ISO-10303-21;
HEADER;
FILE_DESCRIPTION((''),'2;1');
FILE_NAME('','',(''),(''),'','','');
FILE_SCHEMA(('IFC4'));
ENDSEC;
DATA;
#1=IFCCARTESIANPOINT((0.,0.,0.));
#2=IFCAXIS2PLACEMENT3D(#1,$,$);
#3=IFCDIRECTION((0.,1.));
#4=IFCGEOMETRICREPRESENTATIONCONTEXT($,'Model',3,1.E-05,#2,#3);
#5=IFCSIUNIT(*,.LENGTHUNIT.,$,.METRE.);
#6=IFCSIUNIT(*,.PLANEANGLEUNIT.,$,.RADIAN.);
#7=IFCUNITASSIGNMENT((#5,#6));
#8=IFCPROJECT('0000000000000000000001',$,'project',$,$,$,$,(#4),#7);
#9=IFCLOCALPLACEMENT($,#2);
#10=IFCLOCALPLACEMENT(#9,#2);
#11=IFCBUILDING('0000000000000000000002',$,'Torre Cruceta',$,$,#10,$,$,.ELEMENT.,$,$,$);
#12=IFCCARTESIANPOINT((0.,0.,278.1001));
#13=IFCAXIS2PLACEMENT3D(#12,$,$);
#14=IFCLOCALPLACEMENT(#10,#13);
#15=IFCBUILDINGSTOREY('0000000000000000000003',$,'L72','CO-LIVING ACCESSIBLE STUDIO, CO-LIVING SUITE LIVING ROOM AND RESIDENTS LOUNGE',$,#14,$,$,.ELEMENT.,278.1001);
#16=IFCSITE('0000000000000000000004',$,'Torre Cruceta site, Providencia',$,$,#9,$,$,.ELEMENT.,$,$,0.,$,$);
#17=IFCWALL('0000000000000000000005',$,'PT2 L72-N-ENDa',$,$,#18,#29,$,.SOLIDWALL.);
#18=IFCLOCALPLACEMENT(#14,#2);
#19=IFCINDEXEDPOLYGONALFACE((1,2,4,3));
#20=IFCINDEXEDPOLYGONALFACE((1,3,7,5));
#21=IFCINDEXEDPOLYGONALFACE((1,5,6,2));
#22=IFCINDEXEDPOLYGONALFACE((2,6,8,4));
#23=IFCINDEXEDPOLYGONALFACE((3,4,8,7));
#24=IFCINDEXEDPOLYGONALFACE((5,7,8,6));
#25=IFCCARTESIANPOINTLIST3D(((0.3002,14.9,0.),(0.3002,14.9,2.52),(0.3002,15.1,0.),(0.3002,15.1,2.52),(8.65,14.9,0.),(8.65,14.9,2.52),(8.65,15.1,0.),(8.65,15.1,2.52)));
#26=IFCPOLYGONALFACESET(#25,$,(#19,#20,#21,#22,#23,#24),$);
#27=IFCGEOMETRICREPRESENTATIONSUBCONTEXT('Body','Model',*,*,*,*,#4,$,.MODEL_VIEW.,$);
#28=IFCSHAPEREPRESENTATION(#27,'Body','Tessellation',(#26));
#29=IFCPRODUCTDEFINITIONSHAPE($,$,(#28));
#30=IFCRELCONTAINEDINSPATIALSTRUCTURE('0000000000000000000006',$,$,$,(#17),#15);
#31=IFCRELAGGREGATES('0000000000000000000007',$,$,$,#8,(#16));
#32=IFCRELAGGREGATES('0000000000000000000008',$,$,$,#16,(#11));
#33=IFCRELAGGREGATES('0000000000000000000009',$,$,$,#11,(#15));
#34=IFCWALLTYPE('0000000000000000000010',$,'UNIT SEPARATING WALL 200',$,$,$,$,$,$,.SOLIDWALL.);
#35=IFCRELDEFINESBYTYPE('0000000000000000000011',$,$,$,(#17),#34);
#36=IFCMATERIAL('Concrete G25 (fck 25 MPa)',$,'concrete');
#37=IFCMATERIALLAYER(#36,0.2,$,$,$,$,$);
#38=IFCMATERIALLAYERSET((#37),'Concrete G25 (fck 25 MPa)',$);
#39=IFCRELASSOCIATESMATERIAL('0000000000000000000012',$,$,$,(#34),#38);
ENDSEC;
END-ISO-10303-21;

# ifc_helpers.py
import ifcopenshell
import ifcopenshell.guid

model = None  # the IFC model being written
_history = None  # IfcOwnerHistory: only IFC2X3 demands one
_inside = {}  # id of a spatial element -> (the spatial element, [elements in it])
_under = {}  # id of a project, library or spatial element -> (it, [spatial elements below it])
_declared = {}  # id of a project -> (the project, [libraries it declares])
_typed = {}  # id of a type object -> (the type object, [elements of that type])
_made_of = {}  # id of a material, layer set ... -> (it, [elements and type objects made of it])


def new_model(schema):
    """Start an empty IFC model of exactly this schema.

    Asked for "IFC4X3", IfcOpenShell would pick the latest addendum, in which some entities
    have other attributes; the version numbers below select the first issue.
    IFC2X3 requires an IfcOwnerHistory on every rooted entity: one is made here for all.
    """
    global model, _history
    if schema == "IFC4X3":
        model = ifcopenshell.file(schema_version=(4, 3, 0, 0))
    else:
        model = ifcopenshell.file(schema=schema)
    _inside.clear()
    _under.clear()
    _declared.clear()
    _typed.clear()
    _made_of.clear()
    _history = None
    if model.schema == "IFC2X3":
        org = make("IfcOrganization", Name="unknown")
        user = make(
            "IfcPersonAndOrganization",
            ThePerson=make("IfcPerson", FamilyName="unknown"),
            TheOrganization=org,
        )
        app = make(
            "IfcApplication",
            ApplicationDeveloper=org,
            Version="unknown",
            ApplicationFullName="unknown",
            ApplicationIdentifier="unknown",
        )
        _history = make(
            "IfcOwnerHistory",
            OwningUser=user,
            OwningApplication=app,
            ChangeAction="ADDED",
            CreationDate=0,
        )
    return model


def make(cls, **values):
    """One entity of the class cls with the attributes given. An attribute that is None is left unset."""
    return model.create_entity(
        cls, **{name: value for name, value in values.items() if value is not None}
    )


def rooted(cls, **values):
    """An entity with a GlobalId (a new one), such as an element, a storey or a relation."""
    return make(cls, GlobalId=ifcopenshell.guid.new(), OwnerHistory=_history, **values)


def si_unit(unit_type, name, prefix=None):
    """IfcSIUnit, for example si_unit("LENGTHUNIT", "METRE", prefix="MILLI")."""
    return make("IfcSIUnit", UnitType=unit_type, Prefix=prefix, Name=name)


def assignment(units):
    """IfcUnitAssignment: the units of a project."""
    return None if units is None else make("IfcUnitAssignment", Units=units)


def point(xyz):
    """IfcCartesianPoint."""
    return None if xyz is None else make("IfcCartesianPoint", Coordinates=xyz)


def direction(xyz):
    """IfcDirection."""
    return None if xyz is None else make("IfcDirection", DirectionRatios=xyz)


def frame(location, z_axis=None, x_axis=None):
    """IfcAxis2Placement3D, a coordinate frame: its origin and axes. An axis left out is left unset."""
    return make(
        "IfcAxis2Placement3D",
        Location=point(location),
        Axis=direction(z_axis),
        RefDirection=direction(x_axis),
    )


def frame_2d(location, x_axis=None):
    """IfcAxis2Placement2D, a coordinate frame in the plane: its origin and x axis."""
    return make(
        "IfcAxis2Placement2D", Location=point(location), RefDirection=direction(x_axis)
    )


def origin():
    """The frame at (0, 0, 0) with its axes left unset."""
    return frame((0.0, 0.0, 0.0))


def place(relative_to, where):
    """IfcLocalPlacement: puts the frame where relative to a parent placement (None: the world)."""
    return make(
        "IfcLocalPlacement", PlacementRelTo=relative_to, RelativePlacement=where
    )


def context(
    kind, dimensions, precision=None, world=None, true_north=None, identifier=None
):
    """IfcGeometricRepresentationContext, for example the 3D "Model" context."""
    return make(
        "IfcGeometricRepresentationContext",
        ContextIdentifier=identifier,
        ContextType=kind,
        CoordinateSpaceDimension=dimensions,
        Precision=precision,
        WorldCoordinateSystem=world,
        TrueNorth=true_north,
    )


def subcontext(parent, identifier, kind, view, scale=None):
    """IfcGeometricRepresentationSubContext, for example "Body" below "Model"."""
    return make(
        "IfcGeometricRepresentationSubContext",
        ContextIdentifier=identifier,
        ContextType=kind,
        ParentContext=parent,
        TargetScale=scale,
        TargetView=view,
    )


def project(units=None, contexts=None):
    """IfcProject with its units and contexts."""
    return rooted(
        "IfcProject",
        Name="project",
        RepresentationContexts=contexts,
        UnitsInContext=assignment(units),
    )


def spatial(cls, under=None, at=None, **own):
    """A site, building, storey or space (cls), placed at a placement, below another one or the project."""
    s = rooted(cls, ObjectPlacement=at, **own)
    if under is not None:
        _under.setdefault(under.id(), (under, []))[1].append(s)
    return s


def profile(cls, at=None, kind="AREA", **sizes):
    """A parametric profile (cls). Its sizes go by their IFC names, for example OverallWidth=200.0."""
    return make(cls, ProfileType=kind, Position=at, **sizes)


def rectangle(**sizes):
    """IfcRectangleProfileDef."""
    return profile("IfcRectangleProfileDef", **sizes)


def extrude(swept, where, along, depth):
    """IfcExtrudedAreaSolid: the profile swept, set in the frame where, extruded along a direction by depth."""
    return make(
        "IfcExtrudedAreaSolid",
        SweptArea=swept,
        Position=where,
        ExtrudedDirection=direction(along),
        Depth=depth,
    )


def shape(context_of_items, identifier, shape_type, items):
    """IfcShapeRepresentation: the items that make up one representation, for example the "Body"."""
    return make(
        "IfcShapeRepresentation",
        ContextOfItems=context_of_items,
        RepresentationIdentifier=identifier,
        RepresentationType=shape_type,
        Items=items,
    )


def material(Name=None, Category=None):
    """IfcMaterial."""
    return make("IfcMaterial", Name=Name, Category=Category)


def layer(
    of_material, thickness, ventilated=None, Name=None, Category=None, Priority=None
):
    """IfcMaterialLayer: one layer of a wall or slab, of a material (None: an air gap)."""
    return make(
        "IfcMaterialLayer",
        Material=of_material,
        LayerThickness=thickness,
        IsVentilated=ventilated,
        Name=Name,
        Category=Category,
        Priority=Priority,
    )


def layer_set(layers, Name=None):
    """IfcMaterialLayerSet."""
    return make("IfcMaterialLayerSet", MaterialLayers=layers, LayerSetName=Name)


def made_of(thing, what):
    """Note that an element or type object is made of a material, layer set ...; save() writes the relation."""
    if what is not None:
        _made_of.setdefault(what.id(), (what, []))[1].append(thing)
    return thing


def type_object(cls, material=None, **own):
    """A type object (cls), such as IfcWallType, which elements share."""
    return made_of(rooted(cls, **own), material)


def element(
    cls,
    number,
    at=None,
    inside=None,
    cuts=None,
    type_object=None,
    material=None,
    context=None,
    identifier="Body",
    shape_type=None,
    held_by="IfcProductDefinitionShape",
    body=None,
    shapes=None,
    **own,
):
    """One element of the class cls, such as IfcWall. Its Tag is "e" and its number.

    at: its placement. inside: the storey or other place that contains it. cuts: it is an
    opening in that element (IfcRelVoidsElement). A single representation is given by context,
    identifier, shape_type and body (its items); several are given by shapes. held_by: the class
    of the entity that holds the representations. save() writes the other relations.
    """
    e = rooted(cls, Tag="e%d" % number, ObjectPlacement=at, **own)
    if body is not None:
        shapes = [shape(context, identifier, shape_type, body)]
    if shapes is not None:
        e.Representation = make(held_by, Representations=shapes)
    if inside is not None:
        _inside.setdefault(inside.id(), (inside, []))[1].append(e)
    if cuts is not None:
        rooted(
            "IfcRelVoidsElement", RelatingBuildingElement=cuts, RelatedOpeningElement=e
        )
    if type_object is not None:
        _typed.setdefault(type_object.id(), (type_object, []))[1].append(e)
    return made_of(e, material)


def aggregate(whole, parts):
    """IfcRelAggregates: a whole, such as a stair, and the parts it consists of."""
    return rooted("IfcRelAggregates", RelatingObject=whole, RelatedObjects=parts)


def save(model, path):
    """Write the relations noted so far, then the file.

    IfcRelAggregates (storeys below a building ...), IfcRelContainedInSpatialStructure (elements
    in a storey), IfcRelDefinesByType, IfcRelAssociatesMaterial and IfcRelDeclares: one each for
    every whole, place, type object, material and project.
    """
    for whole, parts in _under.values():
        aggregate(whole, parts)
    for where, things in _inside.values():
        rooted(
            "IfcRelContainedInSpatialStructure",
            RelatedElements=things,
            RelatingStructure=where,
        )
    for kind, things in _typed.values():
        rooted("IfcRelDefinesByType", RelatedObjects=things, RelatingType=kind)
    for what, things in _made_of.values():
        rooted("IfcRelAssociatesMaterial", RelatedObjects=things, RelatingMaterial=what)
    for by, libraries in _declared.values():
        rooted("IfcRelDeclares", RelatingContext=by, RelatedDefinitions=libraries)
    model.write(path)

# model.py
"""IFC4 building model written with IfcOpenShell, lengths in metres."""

from ifc_helpers import new_model, si_unit, direction, frame, frame_2d, origin, place, context, subcontext, project, spatial, rectangle, extrude, material, layer, layer_set, type_object, element, save


model = new_model("IFC4")

# Units and contexts
model_context = context("Model", 3, precision=1e-05, world=origin(), true_north=direction((0.0, 1.0)))
body_context = subcontext(model_context, "Body", "Model", "MODEL_VIEW")
ifc_project = project(units=[si_unit("LENGTHUNIT", "METRE"), si_unit("PLANEANGLEUNIT", "RADIAN")], contexts=[model_context])

# Site, building, storey
site_placement = place(None, origin())
site = spatial("IfcSite", under=ifc_project, at=site_placement, Name="Torre Cruceta site, Providencia", CompositionType="ELEMENT", RefElevation=0.0)
building_placement = place(site_placement, origin())
building = spatial("IfcBuilding", under=site, at=building_placement, Name="Torre Cruceta", CompositionType="ELEMENT")
storey_placement = place(building_placement, frame((0.0, 0.0, 278.1001)))
storey = spatial("IfcBuildingStorey", under=building, at=storey_placement, Name="L72", Description="CO-LIVING ACCESSIBLE STUDIO, CO-LIVING SUITE LIVING ROOM AND RESIDENTS LOUNGE", CompositionType="ELEMENT", Elevation=278.1001)

# Wall
ifc_material_1 = material(Name="Concrete G25 (fck 25 MPa)", Category="concrete")
ifc_layer_1 = layer(ifc_material_1, 0.2)
ifc_layer_set_1 = layer_set([ifc_layer_1], Name="Concrete G25 (fck 25 MPa)")
wall_type_1 = type_object("IfcWallType", Name="UNIT SEPARATING WALL 200", PredefinedType="SOLIDWALL", material=ifc_layer_set_1)
wall_1_placement = place(storey_placement, frame((8.6499, 15.0, 0.0), z_axis=(0.0, 0.0, 1.0), x_axis=(-1.0, 0.0, 0.0)))
element("IfcWall", 1, at=wall_1_placement, inside=storey, type_object=wall_type_1, Name="PT2 L72-N-ENDa", PredefinedType="SOLIDWALL", context=body_context, shape_type="SweptSolid", body=[
    extrude(rectangle(XDim=8.3499, YDim=0.2, at=frame_2d((4.1748, 0.0))), origin(), (0.0, 0.0, 1.0), 2.52),
])

save(model, "model.ifc")
